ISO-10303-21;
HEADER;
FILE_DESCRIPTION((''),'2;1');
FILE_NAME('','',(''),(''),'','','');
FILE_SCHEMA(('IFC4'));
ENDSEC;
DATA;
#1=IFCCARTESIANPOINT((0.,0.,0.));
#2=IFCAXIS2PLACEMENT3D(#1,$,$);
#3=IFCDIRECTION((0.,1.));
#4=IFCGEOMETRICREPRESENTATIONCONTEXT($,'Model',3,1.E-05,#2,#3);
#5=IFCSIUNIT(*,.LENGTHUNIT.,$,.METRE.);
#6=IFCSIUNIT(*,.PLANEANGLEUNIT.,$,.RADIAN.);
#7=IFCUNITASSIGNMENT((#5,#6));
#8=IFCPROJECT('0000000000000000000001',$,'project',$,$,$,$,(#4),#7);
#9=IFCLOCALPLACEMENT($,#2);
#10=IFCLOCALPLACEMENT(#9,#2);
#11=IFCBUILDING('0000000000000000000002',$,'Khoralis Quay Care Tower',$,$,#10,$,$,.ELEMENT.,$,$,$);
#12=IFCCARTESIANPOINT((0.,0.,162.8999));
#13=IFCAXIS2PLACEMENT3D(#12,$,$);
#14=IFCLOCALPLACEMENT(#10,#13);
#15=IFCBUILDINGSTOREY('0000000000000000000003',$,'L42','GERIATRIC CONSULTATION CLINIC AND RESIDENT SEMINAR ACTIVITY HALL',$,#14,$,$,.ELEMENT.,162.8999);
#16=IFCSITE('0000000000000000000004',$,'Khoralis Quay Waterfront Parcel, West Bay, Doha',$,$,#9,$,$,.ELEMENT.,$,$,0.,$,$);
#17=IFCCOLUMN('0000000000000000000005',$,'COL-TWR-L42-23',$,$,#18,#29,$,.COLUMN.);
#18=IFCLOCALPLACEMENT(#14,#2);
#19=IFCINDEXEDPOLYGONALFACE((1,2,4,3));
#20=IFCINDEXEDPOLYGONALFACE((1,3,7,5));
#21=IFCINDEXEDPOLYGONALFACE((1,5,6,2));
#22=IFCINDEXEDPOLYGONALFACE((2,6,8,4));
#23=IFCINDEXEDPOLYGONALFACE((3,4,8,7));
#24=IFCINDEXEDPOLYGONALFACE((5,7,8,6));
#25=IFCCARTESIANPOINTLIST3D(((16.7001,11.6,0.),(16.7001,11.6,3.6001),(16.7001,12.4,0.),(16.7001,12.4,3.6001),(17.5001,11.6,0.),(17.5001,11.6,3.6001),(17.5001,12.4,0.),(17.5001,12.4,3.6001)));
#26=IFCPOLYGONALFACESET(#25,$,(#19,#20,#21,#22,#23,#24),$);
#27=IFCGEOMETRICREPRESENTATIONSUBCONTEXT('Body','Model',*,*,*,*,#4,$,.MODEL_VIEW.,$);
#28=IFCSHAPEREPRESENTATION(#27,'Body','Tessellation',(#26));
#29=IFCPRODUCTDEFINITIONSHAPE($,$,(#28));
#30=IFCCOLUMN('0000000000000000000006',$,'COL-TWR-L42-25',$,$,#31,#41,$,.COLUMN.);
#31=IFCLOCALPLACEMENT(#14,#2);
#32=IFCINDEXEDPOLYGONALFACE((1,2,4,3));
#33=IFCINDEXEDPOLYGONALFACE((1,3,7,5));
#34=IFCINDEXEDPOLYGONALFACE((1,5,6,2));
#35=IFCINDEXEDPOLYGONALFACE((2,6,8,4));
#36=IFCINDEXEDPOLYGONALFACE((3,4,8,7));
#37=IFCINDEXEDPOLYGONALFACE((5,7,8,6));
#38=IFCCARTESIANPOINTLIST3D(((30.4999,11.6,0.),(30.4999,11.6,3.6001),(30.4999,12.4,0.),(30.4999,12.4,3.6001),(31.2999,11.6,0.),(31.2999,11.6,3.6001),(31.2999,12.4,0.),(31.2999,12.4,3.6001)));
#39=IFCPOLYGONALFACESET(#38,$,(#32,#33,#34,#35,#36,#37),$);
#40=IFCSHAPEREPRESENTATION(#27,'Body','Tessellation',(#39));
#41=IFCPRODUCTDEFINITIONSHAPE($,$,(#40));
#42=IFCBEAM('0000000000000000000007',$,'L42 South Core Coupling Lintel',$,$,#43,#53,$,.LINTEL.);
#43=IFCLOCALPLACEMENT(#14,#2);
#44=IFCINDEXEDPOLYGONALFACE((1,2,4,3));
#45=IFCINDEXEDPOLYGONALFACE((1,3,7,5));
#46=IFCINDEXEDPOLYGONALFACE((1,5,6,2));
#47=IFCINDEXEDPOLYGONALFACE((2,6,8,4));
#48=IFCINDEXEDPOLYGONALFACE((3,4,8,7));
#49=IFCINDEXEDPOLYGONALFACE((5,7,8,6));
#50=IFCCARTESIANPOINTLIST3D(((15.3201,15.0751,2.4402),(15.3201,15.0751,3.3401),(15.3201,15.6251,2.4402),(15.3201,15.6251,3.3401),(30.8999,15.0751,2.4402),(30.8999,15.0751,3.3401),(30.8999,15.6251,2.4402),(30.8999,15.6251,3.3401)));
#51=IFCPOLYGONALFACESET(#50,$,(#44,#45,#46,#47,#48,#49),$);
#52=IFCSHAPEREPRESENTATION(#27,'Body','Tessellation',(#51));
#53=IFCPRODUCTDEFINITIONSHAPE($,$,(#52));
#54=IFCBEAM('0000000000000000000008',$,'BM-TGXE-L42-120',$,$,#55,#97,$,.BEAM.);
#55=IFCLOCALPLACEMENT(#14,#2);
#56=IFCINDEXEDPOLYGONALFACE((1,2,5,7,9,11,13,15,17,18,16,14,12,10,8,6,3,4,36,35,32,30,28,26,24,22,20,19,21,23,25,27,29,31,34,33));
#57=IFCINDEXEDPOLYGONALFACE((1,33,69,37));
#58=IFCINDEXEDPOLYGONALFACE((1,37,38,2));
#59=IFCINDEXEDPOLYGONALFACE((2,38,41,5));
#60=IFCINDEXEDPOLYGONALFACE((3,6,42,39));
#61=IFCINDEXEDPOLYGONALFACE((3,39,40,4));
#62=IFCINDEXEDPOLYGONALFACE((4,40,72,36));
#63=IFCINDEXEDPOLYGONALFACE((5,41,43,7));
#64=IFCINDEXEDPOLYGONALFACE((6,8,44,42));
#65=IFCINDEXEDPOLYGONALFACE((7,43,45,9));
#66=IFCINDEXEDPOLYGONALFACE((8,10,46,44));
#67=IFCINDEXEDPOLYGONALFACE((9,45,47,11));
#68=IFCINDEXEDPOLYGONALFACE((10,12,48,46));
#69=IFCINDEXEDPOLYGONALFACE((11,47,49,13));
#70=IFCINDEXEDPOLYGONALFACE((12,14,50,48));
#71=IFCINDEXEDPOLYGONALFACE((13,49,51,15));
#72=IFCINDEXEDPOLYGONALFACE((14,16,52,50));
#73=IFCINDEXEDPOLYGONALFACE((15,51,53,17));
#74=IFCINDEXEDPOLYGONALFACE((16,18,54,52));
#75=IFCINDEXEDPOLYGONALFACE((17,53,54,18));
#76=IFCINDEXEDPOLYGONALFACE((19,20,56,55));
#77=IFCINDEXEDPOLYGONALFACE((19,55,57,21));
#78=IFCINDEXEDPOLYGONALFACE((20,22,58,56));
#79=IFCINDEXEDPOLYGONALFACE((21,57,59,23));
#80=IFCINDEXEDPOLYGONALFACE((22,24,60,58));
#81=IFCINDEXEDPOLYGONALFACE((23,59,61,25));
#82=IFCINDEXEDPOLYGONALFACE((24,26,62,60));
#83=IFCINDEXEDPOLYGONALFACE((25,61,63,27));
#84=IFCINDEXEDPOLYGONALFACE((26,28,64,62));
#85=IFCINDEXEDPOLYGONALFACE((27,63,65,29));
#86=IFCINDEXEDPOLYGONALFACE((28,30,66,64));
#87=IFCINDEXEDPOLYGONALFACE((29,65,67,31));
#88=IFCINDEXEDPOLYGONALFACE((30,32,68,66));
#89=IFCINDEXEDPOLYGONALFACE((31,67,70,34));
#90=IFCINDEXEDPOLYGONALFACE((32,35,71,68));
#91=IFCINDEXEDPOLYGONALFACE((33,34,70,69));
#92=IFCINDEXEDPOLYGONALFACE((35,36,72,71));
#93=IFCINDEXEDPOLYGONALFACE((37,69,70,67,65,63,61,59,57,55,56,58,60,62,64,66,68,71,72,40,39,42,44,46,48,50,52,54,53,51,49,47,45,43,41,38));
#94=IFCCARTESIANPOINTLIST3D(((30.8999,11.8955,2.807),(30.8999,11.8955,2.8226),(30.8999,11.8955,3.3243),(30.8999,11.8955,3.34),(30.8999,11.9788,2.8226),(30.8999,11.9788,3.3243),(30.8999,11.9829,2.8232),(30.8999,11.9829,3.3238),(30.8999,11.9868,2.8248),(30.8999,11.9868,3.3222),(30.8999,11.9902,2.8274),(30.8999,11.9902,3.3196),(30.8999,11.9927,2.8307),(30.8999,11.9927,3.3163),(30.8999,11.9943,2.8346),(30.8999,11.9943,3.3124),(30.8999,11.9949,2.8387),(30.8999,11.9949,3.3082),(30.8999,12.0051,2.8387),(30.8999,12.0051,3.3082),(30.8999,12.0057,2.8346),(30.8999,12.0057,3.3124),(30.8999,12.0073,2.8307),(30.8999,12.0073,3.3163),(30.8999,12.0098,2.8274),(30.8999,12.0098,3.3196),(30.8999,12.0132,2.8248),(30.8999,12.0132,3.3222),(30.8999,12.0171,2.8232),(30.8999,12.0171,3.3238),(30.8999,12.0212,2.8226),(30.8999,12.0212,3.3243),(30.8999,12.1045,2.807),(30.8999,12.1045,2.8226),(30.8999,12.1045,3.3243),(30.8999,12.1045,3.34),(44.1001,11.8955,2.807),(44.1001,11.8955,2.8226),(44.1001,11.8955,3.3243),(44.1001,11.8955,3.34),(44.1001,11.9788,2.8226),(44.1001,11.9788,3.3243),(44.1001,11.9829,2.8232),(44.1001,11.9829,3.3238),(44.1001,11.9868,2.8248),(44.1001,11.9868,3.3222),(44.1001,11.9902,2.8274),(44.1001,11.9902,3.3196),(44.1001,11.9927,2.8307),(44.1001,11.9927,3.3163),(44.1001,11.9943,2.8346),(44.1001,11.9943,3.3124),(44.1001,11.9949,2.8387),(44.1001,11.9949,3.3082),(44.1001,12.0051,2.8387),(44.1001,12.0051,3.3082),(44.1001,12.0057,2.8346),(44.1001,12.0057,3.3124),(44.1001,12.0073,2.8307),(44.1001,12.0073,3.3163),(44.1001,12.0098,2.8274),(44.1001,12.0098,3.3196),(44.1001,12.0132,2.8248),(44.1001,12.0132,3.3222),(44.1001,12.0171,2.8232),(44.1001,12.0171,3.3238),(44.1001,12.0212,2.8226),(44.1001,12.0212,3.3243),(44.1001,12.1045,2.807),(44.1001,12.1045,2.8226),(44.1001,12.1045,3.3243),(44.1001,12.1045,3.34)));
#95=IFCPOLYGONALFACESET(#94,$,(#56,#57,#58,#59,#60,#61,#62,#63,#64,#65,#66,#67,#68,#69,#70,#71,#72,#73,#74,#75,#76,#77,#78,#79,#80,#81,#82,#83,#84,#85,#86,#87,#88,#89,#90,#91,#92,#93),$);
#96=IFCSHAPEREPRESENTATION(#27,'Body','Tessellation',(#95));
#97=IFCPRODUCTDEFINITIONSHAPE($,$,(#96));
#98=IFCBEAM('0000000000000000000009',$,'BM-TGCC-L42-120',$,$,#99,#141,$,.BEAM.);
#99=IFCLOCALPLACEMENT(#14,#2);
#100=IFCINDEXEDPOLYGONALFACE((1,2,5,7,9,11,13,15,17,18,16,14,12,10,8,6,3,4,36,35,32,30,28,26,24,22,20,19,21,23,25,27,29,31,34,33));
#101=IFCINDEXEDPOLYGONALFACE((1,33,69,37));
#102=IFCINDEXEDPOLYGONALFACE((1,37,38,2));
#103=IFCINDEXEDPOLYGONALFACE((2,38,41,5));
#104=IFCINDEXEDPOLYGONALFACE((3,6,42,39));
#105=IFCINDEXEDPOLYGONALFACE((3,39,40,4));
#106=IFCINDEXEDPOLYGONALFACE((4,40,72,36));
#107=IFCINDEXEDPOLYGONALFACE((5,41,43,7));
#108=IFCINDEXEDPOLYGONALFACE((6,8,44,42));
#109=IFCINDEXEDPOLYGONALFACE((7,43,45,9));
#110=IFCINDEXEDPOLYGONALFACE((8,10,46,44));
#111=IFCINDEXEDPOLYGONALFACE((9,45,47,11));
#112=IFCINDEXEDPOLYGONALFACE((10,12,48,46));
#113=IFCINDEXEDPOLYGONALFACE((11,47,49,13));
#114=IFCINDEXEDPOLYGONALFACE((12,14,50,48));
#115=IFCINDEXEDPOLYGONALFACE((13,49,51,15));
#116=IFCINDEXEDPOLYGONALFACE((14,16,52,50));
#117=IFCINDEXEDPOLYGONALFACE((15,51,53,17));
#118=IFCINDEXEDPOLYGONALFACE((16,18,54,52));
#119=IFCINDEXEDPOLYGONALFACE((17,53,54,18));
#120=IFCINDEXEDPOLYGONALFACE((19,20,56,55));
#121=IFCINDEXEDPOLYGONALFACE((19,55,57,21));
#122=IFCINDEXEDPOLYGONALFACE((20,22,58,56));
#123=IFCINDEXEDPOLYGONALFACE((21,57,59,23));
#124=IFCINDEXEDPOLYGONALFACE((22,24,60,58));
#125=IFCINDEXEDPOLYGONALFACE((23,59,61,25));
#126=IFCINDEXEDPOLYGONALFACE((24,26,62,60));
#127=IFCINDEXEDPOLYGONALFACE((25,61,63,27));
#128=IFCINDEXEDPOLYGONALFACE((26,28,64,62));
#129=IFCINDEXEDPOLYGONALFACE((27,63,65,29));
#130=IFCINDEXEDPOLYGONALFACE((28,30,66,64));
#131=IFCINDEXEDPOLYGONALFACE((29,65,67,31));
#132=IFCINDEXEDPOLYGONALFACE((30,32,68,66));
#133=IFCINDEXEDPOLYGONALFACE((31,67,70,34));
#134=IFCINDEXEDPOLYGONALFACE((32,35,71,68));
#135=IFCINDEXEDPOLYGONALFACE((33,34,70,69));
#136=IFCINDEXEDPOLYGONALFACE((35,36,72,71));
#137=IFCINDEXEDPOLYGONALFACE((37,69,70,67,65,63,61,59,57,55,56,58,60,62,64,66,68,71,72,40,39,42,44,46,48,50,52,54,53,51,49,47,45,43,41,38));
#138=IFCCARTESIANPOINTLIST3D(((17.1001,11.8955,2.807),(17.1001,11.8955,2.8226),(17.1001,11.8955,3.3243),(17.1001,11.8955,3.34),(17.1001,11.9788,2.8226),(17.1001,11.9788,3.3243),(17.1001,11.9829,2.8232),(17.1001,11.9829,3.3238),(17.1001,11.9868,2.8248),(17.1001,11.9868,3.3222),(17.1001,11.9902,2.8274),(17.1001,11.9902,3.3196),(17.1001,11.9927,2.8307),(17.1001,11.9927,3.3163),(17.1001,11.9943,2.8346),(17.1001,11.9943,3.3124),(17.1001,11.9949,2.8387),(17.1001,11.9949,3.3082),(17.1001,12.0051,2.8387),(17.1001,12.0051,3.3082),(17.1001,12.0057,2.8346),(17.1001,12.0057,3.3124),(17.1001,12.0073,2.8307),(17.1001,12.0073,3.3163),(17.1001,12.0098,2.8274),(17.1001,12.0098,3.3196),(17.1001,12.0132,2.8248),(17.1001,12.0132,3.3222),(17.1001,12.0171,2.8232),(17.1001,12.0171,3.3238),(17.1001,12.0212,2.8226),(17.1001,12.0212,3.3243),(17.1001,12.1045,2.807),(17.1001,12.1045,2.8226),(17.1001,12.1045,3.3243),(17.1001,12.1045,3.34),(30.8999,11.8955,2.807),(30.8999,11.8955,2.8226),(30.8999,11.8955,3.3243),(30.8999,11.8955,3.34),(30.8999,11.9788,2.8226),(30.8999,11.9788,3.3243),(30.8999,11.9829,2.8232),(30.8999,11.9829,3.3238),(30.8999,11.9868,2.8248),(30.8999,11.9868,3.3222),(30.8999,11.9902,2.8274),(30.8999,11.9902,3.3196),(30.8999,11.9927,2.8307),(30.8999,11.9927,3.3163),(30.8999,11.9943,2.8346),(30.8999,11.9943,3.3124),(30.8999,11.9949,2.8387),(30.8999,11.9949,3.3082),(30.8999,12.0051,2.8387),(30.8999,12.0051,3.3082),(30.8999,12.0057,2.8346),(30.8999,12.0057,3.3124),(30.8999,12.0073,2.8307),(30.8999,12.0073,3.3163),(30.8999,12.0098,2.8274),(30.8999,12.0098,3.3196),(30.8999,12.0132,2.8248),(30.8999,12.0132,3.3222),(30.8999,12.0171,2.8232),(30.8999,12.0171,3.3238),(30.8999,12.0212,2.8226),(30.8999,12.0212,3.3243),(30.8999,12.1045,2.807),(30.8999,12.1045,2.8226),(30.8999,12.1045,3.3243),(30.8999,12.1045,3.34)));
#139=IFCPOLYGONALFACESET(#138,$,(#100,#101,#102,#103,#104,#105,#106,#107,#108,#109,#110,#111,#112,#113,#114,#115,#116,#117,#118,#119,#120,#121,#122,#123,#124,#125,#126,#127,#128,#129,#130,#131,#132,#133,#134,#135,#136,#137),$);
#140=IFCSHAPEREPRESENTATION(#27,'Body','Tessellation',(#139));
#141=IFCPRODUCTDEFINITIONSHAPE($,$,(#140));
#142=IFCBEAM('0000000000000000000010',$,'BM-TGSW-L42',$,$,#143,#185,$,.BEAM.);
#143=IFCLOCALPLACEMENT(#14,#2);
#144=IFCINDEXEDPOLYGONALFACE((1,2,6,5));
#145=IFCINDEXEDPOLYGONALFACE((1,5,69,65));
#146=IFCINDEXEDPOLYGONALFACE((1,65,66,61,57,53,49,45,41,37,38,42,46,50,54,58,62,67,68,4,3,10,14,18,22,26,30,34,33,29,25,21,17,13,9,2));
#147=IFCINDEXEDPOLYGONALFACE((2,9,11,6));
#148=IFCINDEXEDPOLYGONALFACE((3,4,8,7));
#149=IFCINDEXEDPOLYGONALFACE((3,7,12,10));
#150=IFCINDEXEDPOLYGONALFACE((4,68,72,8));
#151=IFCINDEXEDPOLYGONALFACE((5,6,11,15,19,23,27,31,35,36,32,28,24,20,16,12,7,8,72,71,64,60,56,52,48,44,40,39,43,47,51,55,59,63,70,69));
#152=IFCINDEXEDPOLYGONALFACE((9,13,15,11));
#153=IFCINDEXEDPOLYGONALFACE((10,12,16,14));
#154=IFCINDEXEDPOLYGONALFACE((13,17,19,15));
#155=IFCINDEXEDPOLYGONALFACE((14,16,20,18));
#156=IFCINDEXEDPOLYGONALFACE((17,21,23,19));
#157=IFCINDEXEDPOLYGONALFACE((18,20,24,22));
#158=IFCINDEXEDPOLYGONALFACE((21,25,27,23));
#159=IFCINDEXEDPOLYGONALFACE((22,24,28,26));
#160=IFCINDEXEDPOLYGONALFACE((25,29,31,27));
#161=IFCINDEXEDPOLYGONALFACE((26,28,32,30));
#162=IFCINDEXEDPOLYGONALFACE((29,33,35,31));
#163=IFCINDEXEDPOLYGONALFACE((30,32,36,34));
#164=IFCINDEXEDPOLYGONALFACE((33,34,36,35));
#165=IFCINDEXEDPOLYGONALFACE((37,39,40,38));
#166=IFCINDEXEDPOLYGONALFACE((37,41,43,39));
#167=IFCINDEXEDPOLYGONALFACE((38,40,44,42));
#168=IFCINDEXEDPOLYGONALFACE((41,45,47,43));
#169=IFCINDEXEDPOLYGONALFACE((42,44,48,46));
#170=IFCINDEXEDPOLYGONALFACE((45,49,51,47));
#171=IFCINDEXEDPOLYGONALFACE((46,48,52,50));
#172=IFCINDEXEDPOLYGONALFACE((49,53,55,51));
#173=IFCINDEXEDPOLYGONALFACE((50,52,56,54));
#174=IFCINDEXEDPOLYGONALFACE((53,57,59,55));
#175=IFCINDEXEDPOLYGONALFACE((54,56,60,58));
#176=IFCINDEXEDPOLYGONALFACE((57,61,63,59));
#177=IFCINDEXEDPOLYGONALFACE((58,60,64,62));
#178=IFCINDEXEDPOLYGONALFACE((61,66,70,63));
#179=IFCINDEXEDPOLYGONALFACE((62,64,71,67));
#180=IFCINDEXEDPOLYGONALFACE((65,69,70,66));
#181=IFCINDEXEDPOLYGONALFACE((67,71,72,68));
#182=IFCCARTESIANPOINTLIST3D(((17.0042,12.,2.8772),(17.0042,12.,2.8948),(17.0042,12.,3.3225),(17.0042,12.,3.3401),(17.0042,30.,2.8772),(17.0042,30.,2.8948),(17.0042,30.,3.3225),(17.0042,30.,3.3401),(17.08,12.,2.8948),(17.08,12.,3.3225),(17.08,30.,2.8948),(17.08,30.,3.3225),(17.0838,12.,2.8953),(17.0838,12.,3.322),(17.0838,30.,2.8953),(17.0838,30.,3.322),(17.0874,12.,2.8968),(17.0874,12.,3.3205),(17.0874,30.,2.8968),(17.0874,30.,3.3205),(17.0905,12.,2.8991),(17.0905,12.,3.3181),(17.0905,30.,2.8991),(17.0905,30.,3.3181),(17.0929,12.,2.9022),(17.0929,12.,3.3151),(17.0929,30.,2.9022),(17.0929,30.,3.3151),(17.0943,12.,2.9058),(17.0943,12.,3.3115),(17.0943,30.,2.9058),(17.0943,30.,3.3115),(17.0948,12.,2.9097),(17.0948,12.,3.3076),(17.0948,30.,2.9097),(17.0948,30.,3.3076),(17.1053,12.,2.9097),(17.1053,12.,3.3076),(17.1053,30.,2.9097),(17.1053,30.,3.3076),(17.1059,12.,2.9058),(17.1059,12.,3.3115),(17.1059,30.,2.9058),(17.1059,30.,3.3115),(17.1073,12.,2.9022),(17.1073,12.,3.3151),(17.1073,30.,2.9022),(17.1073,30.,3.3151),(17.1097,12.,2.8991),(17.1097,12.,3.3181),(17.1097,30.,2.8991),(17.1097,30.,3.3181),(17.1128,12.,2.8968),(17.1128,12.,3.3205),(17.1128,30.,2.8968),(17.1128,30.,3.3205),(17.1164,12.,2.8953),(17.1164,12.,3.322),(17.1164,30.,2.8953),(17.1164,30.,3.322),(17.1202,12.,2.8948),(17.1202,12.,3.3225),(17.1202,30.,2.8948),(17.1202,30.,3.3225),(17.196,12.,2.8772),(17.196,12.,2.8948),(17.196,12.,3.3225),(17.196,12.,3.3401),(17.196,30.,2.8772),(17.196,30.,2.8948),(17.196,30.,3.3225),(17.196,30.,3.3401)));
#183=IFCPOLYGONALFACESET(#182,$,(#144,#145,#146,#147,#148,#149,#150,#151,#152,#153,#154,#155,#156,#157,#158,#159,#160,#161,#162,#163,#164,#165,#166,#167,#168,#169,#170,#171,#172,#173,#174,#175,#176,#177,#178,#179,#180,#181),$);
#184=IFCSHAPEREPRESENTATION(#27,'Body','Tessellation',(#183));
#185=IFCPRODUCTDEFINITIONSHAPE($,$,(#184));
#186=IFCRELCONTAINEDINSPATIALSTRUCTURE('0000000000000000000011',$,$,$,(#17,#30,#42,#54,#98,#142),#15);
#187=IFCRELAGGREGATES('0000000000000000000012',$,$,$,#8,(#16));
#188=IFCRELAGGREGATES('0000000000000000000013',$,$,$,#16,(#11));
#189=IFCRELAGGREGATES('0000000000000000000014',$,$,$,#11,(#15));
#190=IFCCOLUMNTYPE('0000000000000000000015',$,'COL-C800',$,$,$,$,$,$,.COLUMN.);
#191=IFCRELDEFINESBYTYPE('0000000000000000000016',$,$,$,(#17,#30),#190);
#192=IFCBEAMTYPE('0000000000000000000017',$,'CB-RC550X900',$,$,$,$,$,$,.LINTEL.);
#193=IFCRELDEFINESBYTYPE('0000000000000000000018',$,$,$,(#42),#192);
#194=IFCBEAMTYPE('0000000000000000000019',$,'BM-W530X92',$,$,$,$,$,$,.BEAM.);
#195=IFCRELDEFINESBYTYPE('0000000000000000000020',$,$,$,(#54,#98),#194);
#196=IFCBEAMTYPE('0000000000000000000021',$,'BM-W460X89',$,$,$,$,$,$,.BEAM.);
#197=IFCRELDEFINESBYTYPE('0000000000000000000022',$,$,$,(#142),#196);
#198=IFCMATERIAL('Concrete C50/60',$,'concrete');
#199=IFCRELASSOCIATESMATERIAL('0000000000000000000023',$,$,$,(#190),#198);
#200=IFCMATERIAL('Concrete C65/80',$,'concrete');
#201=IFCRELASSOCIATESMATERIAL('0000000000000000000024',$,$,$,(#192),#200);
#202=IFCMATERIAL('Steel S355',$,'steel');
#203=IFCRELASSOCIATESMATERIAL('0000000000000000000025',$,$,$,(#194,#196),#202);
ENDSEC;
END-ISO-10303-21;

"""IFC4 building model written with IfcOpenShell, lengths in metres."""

from ifc_helpers import new_model, si_unit, direction, frame, origin, origin_2d, place, context, subcontext, project, spatial, rectangle, i_section, extrude, source, transform, mapped, material, material_profile, profile_set, type_object, element, save


model = new_model("IFC4")

# Units and contexts
model_context = context("Model", 3, precision=1e-05, world=origin(), true_north=direction((0.0, 1.0)))
body_context = subcontext(model_context, "Body", "Model", "MODEL_VIEW")
ifc_project = project(units=[si_unit("LENGTHUNIT", "METRE"), si_unit("PLANEANGLEUNIT", "RADIAN")], contexts=[model_context])

# Site, building, storey
site_placement = place(None, origin())
site = spatial("IfcSite", under=ifc_project, at=site_placement, Name="Khoralis Quay Waterfront Parcel, West Bay, Doha", CompositionType="ELEMENT", RefElevation=0.0)
building_placement = place(site_placement, origin())
building = spatial("IfcBuilding", under=site, at=building_placement, Name="Khoralis Quay Care Tower", CompositionType="ELEMENT")
storey_placement = place(building_placement, frame((0.0, 0.0, 162.8999)))
storey = spatial("IfcBuildingStorey", under=building, at=storey_placement, Name="L42", Description="GERIATRIC CONSULTATION CLINIC AND RESIDENT SEMINAR ACTIVITY HALL", CompositionType="ELEMENT", Elevation=162.8999)

# Columns
ifc_material_1 = material(Name="Concrete C50/60", Category="concrete")
ifc_material_profile_1 = material_profile(ifc_material_1, rectangle(XDim=0.8, YDim=0.8, at=origin_2d()), Name="Concrete C50/60")
ifc_profile_set_1 = profile_set([ifc_material_profile_1], Name="Concrete C50/60")
column_type = type_object("IfcColumnType", Name="COL-C800", PredefinedType="COLUMN", material=ifc_profile_set_1)
shared_shape_1 = source(origin(), body_context, "Body", "SweptSolid", [
    extrude(rectangle(XDim=0.8, YDim=0.8, at=origin_2d()), origin(), (0.0, 0.0, 1.0), 3.6001),
])
for number, where, z_axis, x_axis, name in (
    (1, (17.1001, 12.0, 0.0), (0.0, 0.0, 1.0), (1.0, 0.0, 0.0), "COL-TWR-L42-23"),
    (2, (30.8999, 12.0, 0.0), (0.0, 0.0, 1.0), (1.0, 0.0, 0.0), "COL-TWR-L42-25"),
):
    element("IfcColumn", number, at=place(storey_placement, frame(where, z_axis=z_axis, x_axis=x_axis)), inside=storey, type_object=column_type, Name=name, PredefinedType="COLUMN", context=body_context, shape_type="MappedRepresentation", body=[
        mapped(shared_shape_1, transform((0.0, 0.0, 0.0), scale=1.0)),
    ])

# Beams
ifc_material_2 = material(Name="Concrete C65/80", Category="concrete")
ifc_material_profile_2 = material_profile(ifc_material_2, rectangle(XDim=0.55, YDim=0.8999, at=origin_2d()), Name="Concrete C65/80")
ifc_profile_set_2 = profile_set([ifc_material_profile_2], Name="Concrete C65/80")
beam_type_1 = type_object("IfcBeamType", Name="CB-RC550X900", PredefinedType="LINTEL", material=ifc_profile_set_2)
shared_shape_2 = source(origin(), body_context, "Body", "SweptSolid", [
    extrude(rectangle(XDim=0.55, YDim=0.8999, at=origin_2d()), origin(), (0.0, 0.0, 1.0), 15.5798),
])
beam_1_placement = place(storey_placement, frame((15.3201, 15.3501, 2.8901), z_axis=(1.0, 0.0, 0.0), x_axis=(0.0, 1.0, 0.0)))
element("IfcBeam", 3, at=beam_1_placement, inside=storey, type_object=beam_type_1, Name="L42 South Core Coupling Lintel", PredefinedType="LINTEL", context=body_context, shape_type="MappedRepresentation", body=[
    mapped(shared_shape_2, transform((0.0, 0.0, 0.0), scale=1.0)),
])
ifc_material_3 = material(Name="Steel S355", Category="steel")
ifc_material_profile_3 = material_profile(ifc_material_3, i_section(OverallWidth=0.209, OverallDepth=0.533, WebThickness=0.0103, FlangeThickness=0.0156, FilletRadius=0.0161, at=origin_2d()), Name="Steel S355")
ifc_profile_set_3 = profile_set([ifc_material_profile_3], Name="Steel S355")
beam_type_2 = type_object("IfcBeamType", Name="BM-W530X92", PredefinedType="BEAM", material=ifc_profile_set_3)
shared_shape_3 = source(origin(), body_context, "Body", "SweptSolid", [
    extrude(i_section(OverallWidth=0.209, OverallDepth=0.533, WebThickness=0.0103, FlangeThickness=0.0156, FilletRadius=0.0161, at=origin_2d()), origin(), (0.0, 0.0, 1.0), 13.2002),
])
beam_2_placement = place(storey_placement, frame((30.8999, 12.0, 3.0735), z_axis=(1.0, 0.0, 0.0), x_axis=(0.0, 1.0, 0.0)))
element("IfcBeam", 4, at=beam_2_placement, inside=storey, type_object=beam_type_2, Name="BM-TGXE-L42-120", PredefinedType="BEAM", context=body_context, shape_type="MappedRepresentation", body=[
    mapped(shared_shape_3, transform((0.0, 0.0, 0.0), scale=1.0)),
])
shared_shape_4 = source(origin(), body_context, "Body", "SweptSolid", [
    extrude(i_section(OverallWidth=0.209, OverallDepth=0.533, WebThickness=0.0103, FlangeThickness=0.0156, FilletRadius=0.0161, at=origin_2d()), origin(), (0.0, 0.0, 1.0), 13.7998),
])
beam_3_placement = place(storey_placement, frame((17.1001, 12.0, 3.0735), z_axis=(1.0, 0.0, 0.0), x_axis=(0.0, 1.0, 0.0)))
element("IfcBeam", 5, at=beam_3_placement, inside=storey, type_object=beam_type_2, Name="BM-TGCC-L42-120", PredefinedType="BEAM", context=body_context, shape_type="MappedRepresentation", body=[
    mapped(shared_shape_4, transform((0.0, 0.0, 0.0), scale=1.0)),
])
ifc_material_profile_4 = material_profile(ifc_material_3, i_section(OverallWidth=0.1919, OverallDepth=0.4629, WebThickness=0.0105, FlangeThickness=0.0176, FilletRadius=0.0149, at=origin_2d()), Name="Steel S355")
ifc_profile_set_4 = profile_set([ifc_material_profile_4], Name="Steel S355")
beam_type_3 = type_object("IfcBeamType", Name="BM-W460X89", PredefinedType="BEAM", material=ifc_profile_set_4)
shared_shape_5 = source(origin(), body_context, "Body", "SweptSolid", [
    extrude(i_section(OverallWidth=0.1919, OverallDepth=0.4629, WebThickness=0.0105, FlangeThickness=0.0176, FilletRadius=0.0149, at=origin_2d()), origin(), (0.0, 0.0, 1.0), 18.0),
])
beam_4_placement = place(storey_placement, frame((17.1001, 12.0, 3.1086), z_axis=(0.0, 1.0, 0.0), x_axis=(-1.0, 0.0, 0.0)))
element("IfcBeam", 6, at=beam_4_placement, inside=storey, type_object=beam_type_3, Name="BM-TGSW-L42", PredefinedType="BEAM", context=body_context, shape_type="MappedRepresentation", body=[
    mapped(shared_shape_5, transform((0.0, 0.0, 0.0), scale=1.0)),
])

save(model, "model.ifc")
